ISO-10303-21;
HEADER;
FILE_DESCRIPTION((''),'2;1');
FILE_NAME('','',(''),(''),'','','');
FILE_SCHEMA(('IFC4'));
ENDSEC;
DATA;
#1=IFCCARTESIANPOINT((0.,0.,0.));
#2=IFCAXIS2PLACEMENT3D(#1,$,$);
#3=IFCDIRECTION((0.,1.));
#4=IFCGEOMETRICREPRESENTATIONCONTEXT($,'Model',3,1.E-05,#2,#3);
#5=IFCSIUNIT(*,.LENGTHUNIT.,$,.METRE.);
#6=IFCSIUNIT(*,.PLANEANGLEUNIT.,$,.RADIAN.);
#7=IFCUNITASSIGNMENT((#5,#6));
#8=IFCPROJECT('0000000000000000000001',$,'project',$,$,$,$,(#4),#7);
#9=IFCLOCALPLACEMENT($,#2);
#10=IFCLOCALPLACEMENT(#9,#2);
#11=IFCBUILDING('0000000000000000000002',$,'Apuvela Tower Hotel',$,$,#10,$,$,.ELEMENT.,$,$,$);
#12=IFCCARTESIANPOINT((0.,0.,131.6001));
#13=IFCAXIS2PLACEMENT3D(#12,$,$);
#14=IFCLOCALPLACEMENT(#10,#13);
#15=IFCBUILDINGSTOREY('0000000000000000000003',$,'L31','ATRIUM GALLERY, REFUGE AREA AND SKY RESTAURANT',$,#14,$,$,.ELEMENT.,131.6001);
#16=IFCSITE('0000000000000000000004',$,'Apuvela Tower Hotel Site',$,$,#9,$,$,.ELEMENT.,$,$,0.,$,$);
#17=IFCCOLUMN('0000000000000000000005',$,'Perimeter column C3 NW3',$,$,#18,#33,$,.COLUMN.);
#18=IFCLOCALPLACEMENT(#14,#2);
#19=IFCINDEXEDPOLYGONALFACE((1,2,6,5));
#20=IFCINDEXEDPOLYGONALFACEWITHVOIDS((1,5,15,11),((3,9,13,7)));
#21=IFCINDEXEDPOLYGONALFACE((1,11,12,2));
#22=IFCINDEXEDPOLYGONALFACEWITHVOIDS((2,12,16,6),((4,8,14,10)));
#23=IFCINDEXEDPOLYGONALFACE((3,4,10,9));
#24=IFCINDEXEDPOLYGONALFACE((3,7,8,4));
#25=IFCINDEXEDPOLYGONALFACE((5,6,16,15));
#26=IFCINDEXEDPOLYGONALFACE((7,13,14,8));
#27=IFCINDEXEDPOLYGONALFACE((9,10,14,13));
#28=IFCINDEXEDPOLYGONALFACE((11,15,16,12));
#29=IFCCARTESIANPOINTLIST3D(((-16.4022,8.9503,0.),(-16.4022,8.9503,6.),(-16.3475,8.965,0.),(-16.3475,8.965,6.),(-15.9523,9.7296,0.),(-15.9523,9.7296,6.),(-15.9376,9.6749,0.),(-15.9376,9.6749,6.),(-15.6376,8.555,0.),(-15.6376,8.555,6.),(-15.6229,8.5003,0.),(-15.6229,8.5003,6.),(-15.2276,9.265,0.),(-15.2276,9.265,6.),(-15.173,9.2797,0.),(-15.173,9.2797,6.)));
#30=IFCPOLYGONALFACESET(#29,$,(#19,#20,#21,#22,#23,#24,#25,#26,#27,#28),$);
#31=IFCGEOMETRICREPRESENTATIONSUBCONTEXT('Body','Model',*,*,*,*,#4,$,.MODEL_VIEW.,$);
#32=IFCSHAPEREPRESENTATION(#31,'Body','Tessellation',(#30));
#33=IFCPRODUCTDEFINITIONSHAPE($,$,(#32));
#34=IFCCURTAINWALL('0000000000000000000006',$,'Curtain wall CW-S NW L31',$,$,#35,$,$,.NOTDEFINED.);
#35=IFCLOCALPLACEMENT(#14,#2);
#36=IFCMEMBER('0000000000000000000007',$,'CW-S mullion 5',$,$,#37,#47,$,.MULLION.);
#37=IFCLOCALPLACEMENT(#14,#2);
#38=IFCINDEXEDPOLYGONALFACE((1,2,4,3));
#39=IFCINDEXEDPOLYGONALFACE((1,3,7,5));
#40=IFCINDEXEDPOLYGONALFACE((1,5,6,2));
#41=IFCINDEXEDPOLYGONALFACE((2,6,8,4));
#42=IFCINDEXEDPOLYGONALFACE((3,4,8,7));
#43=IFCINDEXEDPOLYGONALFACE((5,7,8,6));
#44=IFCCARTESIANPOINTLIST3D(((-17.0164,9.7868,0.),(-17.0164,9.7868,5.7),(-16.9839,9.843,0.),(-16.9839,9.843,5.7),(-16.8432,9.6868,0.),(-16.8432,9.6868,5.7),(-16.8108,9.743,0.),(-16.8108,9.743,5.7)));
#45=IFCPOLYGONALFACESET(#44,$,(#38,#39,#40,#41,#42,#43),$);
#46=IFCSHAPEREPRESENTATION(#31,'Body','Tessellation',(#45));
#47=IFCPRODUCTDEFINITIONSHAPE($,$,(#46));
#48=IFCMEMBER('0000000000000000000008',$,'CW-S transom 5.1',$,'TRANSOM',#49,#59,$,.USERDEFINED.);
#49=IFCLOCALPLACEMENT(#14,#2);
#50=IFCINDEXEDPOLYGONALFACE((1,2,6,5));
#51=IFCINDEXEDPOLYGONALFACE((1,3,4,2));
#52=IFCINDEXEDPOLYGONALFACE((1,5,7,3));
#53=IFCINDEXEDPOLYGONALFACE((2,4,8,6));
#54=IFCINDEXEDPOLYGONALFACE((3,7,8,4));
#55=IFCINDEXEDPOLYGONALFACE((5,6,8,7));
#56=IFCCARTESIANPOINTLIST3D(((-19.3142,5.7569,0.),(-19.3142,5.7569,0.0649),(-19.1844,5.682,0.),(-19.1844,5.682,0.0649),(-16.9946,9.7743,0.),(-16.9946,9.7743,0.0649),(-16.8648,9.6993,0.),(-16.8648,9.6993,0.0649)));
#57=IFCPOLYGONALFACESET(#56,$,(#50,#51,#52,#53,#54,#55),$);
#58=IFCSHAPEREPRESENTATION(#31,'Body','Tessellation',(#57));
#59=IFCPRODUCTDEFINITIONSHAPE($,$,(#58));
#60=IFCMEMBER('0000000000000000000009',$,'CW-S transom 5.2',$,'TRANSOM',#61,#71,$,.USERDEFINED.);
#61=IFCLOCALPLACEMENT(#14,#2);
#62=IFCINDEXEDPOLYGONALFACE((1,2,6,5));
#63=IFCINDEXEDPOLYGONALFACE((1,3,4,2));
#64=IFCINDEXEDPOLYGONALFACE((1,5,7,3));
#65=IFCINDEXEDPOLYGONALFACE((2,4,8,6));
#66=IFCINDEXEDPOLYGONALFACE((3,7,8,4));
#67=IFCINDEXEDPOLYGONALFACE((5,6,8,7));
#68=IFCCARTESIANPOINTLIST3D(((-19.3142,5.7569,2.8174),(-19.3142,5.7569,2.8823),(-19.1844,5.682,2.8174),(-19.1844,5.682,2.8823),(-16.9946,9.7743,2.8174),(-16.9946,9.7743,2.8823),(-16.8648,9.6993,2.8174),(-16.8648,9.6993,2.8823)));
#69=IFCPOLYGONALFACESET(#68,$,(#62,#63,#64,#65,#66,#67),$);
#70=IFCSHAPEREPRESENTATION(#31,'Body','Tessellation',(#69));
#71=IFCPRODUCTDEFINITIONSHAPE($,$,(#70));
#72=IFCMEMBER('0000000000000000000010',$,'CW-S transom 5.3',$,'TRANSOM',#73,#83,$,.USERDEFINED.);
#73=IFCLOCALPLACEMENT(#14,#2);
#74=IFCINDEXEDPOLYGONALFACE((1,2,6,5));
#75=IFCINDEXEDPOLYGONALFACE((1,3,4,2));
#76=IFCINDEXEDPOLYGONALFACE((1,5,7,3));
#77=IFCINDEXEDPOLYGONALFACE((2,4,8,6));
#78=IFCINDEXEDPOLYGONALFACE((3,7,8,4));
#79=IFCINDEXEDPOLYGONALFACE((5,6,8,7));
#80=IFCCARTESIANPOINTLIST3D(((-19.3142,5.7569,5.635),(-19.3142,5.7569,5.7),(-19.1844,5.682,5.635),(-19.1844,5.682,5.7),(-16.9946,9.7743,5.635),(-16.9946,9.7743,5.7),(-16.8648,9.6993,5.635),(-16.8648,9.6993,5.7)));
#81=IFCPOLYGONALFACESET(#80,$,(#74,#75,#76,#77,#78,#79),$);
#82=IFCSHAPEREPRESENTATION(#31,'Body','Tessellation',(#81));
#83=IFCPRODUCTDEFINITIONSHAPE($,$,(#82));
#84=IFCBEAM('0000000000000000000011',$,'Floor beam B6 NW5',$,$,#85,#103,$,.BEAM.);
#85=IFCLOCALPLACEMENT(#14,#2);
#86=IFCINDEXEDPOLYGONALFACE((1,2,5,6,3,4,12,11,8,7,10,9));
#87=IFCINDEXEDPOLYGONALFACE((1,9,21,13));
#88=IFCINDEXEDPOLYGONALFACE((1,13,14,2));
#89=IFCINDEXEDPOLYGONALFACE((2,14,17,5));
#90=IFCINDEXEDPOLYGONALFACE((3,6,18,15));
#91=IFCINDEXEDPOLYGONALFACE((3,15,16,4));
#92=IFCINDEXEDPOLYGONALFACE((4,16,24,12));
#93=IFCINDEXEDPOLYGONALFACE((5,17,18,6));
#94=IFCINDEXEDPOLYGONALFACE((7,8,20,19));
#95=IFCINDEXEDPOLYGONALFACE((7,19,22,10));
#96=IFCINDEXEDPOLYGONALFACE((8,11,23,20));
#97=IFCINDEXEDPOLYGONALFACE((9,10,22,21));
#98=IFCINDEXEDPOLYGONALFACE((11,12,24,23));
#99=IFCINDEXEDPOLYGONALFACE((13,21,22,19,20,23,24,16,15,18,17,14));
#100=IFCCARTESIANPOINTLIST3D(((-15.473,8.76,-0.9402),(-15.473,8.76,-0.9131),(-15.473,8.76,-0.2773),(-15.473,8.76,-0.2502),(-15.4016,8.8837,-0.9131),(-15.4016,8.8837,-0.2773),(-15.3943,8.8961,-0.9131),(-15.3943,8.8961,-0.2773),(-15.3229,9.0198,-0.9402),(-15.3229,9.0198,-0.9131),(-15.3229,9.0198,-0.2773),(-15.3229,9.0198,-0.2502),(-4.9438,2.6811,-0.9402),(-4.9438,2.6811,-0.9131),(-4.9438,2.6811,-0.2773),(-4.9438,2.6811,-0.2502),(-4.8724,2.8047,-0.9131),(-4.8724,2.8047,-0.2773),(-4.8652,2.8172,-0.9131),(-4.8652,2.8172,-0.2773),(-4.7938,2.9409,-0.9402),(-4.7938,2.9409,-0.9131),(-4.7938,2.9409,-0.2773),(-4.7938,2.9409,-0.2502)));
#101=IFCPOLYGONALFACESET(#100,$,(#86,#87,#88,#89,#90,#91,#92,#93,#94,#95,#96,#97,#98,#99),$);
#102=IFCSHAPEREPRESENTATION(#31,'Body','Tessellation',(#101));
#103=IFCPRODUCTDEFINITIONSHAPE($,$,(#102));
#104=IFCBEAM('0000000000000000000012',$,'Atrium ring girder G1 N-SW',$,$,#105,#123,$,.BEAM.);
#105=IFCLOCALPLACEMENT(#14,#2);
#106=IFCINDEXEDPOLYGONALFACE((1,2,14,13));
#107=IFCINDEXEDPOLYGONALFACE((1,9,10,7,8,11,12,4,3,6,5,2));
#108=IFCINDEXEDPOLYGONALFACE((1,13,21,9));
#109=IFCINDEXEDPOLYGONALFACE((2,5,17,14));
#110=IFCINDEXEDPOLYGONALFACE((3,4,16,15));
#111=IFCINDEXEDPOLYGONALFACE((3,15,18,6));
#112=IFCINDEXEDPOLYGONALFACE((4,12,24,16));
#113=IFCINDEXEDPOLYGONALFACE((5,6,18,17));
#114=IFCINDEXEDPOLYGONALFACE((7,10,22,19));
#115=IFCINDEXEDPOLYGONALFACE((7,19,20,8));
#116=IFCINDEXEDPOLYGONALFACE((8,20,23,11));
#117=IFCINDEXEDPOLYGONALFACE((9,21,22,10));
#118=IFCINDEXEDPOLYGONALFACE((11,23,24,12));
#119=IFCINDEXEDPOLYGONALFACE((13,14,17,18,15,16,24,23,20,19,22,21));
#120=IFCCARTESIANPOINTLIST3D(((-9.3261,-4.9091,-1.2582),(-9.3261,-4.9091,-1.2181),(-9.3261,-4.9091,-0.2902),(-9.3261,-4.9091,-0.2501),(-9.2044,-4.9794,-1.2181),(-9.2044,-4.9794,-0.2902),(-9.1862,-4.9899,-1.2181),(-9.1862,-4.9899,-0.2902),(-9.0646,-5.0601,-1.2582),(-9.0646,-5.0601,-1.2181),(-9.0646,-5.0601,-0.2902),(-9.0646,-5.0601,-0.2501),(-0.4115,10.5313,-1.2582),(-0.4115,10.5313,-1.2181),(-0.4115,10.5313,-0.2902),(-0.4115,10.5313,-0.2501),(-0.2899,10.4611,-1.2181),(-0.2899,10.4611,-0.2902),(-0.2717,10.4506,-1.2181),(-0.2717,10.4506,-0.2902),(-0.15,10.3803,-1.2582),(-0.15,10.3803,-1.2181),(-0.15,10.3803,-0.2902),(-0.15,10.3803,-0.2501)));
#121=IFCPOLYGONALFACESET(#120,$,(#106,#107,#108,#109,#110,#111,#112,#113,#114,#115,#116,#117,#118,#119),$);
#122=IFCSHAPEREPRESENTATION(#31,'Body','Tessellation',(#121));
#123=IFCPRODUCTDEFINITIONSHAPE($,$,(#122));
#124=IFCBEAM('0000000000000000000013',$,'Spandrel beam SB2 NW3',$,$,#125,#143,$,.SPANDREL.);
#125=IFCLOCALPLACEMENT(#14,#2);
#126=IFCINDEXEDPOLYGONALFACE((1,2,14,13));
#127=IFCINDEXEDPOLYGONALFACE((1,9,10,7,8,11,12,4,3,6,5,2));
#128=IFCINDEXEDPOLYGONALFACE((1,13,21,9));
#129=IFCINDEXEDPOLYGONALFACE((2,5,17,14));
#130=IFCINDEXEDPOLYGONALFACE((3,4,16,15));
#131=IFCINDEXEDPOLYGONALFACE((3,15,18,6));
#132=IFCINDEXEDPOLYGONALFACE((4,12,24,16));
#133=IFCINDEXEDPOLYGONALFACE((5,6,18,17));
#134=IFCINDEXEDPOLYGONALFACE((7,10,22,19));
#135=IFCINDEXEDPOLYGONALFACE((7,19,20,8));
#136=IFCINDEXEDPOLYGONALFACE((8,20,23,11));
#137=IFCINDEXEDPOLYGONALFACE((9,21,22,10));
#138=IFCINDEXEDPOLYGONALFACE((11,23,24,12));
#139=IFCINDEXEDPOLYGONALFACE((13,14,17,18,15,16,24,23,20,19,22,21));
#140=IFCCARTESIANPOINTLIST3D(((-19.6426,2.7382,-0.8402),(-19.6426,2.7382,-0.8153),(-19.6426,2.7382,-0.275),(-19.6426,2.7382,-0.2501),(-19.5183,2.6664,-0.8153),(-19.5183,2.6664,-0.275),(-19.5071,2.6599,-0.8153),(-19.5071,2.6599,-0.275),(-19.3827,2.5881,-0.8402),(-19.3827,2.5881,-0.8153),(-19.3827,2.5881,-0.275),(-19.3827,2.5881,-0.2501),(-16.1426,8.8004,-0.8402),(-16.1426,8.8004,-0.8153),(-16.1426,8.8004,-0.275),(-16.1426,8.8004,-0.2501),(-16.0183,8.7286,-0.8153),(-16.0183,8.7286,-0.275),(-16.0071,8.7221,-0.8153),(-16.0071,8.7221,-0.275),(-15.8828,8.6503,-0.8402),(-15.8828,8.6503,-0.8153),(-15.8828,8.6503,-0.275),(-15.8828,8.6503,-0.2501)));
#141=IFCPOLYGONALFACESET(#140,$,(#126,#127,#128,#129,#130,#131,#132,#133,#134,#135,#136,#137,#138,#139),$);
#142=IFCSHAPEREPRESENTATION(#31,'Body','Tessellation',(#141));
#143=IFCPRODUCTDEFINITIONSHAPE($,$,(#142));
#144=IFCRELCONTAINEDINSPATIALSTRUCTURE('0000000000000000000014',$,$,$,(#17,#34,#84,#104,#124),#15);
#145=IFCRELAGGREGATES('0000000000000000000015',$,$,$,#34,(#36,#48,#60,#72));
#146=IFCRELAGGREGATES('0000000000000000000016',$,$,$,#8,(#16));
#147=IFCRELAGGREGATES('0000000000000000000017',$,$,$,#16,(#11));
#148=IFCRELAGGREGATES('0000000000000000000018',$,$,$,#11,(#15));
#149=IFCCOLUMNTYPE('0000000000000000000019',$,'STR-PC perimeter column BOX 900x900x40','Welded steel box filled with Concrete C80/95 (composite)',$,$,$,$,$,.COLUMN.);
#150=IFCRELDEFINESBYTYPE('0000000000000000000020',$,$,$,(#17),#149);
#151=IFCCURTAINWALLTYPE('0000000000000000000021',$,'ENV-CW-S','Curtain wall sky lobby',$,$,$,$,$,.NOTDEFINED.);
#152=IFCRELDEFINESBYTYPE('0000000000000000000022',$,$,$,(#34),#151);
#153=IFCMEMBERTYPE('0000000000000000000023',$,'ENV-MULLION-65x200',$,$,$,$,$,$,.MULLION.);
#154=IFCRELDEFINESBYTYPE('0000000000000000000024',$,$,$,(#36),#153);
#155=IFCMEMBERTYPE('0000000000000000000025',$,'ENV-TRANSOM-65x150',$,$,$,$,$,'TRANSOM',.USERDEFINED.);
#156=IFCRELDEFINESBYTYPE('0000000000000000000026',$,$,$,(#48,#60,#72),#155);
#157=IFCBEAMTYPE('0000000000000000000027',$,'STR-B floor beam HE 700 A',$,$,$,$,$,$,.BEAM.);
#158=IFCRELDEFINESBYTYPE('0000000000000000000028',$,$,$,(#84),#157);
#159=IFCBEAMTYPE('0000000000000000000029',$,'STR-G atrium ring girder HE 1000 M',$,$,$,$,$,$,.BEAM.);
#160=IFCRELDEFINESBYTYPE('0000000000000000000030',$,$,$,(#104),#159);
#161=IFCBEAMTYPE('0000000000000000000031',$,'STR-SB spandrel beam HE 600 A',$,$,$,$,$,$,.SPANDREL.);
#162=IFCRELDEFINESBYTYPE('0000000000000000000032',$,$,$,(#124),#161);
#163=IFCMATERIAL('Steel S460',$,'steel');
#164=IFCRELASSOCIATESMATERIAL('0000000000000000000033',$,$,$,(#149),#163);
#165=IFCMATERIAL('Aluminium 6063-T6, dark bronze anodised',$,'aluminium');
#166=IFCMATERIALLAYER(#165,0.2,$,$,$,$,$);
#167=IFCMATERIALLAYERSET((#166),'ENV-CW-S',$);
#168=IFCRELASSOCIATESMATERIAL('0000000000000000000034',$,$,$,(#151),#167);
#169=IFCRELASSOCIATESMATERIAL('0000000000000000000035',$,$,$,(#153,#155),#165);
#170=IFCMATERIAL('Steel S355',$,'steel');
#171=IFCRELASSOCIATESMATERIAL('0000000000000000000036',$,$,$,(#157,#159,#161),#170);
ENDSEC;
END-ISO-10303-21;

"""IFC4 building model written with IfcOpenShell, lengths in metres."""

from ifc_helpers import new_model, si_unit, direction, frame, origin, origin_2d, place, context, subcontext, project, spatial, rectangle, hollow_rectangle, i_section, extrude, material, layer, layer_set, material_profile, profile_set, type_object, element, aggregate, save


model = new_model("IFC4")

# Units and contexts
model_context = context("Model", 3, precision=1e-05, world=origin(), true_north=direction((0.0, 1.0)))
body_context = subcontext(model_context, "Body", "Model", "MODEL_VIEW")
ifc_project = project(units=[si_unit("LENGTHUNIT", "METRE"), si_unit("PLANEANGLEUNIT", "RADIAN")], contexts=[model_context])

# Site, building, storey
site_placement = place(None, origin())
site = spatial("IfcSite", under=ifc_project, at=site_placement, Name="Apuvela Tower Hotel Site", CompositionType="ELEMENT", RefElevation=0.0)
building_placement = place(site_placement, origin())
building = spatial("IfcBuilding", under=site, at=building_placement, Name="Apuvela Tower Hotel", CompositionType="ELEMENT")
storey_placement = place(building_placement, frame((0.0, 0.0, 131.6001)))
storey = spatial("IfcBuildingStorey", under=building, at=storey_placement, Name="L31", Description="ATRIUM GALLERY, REFUGE AREA AND SKY RESTAURANT", CompositionType="ELEMENT", Elevation=131.6001)

# Column
ifc_material_1 = material(Name="Steel S460", Category="steel")
ifc_material_profile_1 = material_profile(ifc_material_1, hollow_rectangle(XDim=0.8999, YDim=0.8999, WallThickness=0.04, at=origin_2d()), Name="BOX 900x900x40")
ifc_material_2 = material(Name="Concrete C80/95", Category="concrete")
ifc_material_profile_2 = material_profile(ifc_material_2, rectangle(XDim=0.8201, YDim=0.8201, at=origin_2d()), Name="Concrete C80/95 infill")
ifc_profile_set_1 = profile_set([ifc_material_profile_1, ifc_material_profile_2], Name="Steel S460")
column_type = type_object("IfcColumnType", Name="STR-PC perimeter column BOX 900x900x40", Description="Welded steel box filled with Concrete C80/95 (composite)", PredefinedType="COLUMN", material=ifc_profile_set_1)
column_placement = place(storey_placement, frame((-15.7876, 9.115, 0.0), z_axis=(0.0, 0.0, 1.0), x_axis=(0.5, 0.866025, 0.0)))
element("IfcColumn", 1, at=column_placement, inside=storey, type_object=column_type, Name="Perimeter column C3 NW3", PredefinedType="COLUMN", context=body_context, shape_type="SweptSolid", body=[
    extrude(hollow_rectangle(XDim=0.8999, YDim=0.8999, WallThickness=0.04, at=origin_2d()), origin(), (0.0, 0.0, 1.0), 6.0),
])

# Curtain wall, members
ifc_material_3 = material(Name="Aluminium 6063-T6, dark bronze anodised", Category="aluminium")
ifc_layer_1 = layer(ifc_material_3, 0.2)
ifc_layer_set_1 = layer_set([ifc_layer_1], Name="ENV-CW-S")
curtain_wall_type = type_object("IfcCurtainWallType", Name="ENV-CW-S", Description="Curtain wall sky lobby", PredefinedType="NOTDEFINED", material=ifc_layer_set_1)
curtain_wall_placement = place(storey_placement, origin())
curtain_wall = element("IfcCurtainWall", 2, at=curtain_wall_placement, inside=storey, type_object=curtain_wall_type, Name="Curtain wall CW-S NW L31", PredefinedType="NOTDEFINED")
ifc_material_profile_3 = material_profile(ifc_material_3, rectangle(XDim=0.2, YDim=0.0649, at=origin_2d()), Name="AL 65x200")
ifc_profile_set_2 = profile_set([ifc_material_profile_3], Name="Aluminium 6063-T6, dark bronze anodised")
member_type_1 = type_object("IfcMemberType", Name="ENV-MULLION-65x200", PredefinedType="MULLION", material=ifc_profile_set_2)
member_1_placement = place(storey_placement, frame((-16.9136, 9.7649, 0.0), z_axis=(0.0, 0.0, 1.0), x_axis=(0.866026, -0.499999, 0.0)))
member_1 = element("IfcMember", 3, at=member_1_placement, type_object=member_type_1, Name="CW-S mullion 5", PredefinedType="MULLION", context=body_context, shape_type="SweptSolid", body=[
    extrude(rectangle(XDim=0.2, YDim=0.0649, at=origin_2d()), origin(), (0.0, 0.0, 1.0), 5.7),
])
ifc_material_profile_4 = material_profile(ifc_material_3, rectangle(XDim=0.1499, YDim=0.0649, at=origin_2d()), Name="AL 65x150 transom")
ifc_profile_set_3 = profile_set([ifc_material_profile_4], Name="Aluminium 6063-T6, dark bronze anodised")
member_type_2 = type_object("IfcMemberType", Name="ENV-TRANSOM-65x150", ElementType="TRANSOM", PredefinedType="USERDEFINED", material=ifc_profile_set_3)
member_2_placement = place(storey_placement, frame((-16.9297, 9.7368, 0.0325), z_axis=(-0.500028, -0.866009, 0.0), x_axis=(0.866009, -0.500028, 0.0)))
member_2 = element("IfcMember", 4, at=member_2_placement, type_object=member_type_2, Name="CW-S transom 5.1", ObjectType="TRANSOM", PredefinedType="USERDEFINED", context=body_context, shape_type="SweptSolid", body=[
    extrude(rectangle(XDim=0.1499, YDim=0.0649, at=origin_2d()), origin(), (0.0, 0.0, 1.0), 4.6389),
])
member_3_placement = place(storey_placement, frame((-16.9297, 9.7368, 2.8499), z_axis=(-0.500028, -0.866009, 0.0), x_axis=(0.866009, -0.500028, 0.0)))
member_3 = element("IfcMember", 5, at=member_3_placement, type_object=member_type_2, Name="CW-S transom 5.2", ObjectType="TRANSOM", PredefinedType="USERDEFINED", context=body_context, shape_type="SweptSolid", body=[
    extrude(rectangle(XDim=0.1499, YDim=0.0649, at=origin_2d()), origin(), (0.0, 0.0, 1.0), 4.6389),
])
member_4_placement = place(storey_placement, frame((-16.9297, 9.7368, 5.6675), z_axis=(-0.500028, -0.866009, 0.0), x_axis=(0.866009, -0.500028, 0.0)))
member_4 = element("IfcMember", 6, at=member_4_placement, type_object=member_type_2, Name="CW-S transom 5.3", ObjectType="TRANSOM", PredefinedType="USERDEFINED", context=body_context, shape_type="SweptSolid", body=[
    extrude(rectangle(XDim=0.1499, YDim=0.0649, at=origin_2d()), origin(), (0.0, 0.0, 1.0), 4.6389),
])

# Beams
ifc_material_4 = material(Name="Steel S355", Category="steel")
ifc_material_profile_5 = material_profile(ifc_material_4, i_section(OverallWidth=0.3, OverallDepth=0.6899, WebThickness=0.0144, FlangeThickness=0.0271, at=origin_2d()), Name="HE 700 A")
ifc_profile_set_4 = profile_set([ifc_material_profile_5], Name="Steel S355")
beam_type_1 = type_object("IfcBeamType", Name="STR-B floor beam HE 700 A", PredefinedType="BEAM", material=ifc_profile_set_4)
beam_1_placement = place(storey_placement, frame((-15.3979, 8.8899, -0.5952), z_axis=(0.866029, -0.499994, 0.0), x_axis=(0.499994, 0.866029, 0.0)))
element("IfcBeam", 7, at=beam_1_placement, inside=storey, type_object=beam_type_1, Name="Floor beam B6 NW5", PredefinedType="BEAM", context=body_context, shape_type="SweptSolid", body=[
    extrude(i_section(OverallWidth=0.3, OverallDepth=0.6899, WebThickness=0.0144, FlangeThickness=0.0271, at=origin_2d()), origin(), (0.0, 0.0, 1.0), 12.158),
])
ifc_material_profile_6 = material_profile(ifc_material_4, i_section(OverallWidth=0.302, OverallDepth=1.0081, WebThickness=0.021, FlangeThickness=0.04, at=origin_2d()), Name="HE 1000 M")
ifc_profile_set_5 = profile_set([ifc_material_profile_6], Name="Steel S355")
beam_type_2 = type_object("IfcBeamType", Name="STR-G atrium ring girder HE 1000 M", PredefinedType="BEAM", material=ifc_profile_set_5)
beam_2_placement = place(storey_placement, frame((-0.2808, 10.4558, -0.7542), z_axis=(-0.500001, -0.866025, 0.0), x_axis=(0.866025, -0.500001, 0.0)))
element("IfcBeam", 8, at=beam_2_placement, inside=storey, type_object=beam_type_2, Name="Atrium ring girder G1 N-SW", PredefinedType="BEAM", context=body_context, shape_type="SweptSolid", body=[
    extrude(i_section(OverallWidth=0.302, OverallDepth=1.0081, WebThickness=0.021, FlangeThickness=0.04, at=origin_2d()), origin(), (0.0, 0.0, 1.0), 17.8291),
])
ifc_material_profile_7 = material_profile(ifc_material_4, i_section(OverallWidth=0.3, OverallDepth=0.5901, WebThickness=0.0129, FlangeThickness=0.0249, at=origin_2d()), Name="HE 600 A")
ifc_profile_set_6 = profile_set([ifc_material_profile_7], Name="Steel S355")
beam_type_3 = type_object("IfcBeamType", Name="STR-SB spandrel beam HE 600 A", PredefinedType="SPANDREL", material=ifc_profile_set_6)
beam_3_placement = place(storey_placement, frame((-16.0127, 8.7253, -0.5452), z_axis=(-0.499995, -0.866028, 0.0), x_axis=(0.866028, -0.499995, 0.0)))
element("IfcBeam", 9, at=beam_3_placement, inside=storey, type_object=beam_type_3, Name="Spandrel beam SB2 NW3", PredefinedType="SPANDREL", context=body_context, shape_type="SweptSolid", body=[
    extrude(i_section(OverallWidth=0.3, OverallDepth=0.5901, WebThickness=0.0129, FlangeThickness=0.0249, at=origin_2d()), origin(), (0.0, 0.0, 1.0), 7.0),
])

aggregate(curtain_wall, [member_1, member_2, member_3, member_4])

save(model, "model.ifc")
